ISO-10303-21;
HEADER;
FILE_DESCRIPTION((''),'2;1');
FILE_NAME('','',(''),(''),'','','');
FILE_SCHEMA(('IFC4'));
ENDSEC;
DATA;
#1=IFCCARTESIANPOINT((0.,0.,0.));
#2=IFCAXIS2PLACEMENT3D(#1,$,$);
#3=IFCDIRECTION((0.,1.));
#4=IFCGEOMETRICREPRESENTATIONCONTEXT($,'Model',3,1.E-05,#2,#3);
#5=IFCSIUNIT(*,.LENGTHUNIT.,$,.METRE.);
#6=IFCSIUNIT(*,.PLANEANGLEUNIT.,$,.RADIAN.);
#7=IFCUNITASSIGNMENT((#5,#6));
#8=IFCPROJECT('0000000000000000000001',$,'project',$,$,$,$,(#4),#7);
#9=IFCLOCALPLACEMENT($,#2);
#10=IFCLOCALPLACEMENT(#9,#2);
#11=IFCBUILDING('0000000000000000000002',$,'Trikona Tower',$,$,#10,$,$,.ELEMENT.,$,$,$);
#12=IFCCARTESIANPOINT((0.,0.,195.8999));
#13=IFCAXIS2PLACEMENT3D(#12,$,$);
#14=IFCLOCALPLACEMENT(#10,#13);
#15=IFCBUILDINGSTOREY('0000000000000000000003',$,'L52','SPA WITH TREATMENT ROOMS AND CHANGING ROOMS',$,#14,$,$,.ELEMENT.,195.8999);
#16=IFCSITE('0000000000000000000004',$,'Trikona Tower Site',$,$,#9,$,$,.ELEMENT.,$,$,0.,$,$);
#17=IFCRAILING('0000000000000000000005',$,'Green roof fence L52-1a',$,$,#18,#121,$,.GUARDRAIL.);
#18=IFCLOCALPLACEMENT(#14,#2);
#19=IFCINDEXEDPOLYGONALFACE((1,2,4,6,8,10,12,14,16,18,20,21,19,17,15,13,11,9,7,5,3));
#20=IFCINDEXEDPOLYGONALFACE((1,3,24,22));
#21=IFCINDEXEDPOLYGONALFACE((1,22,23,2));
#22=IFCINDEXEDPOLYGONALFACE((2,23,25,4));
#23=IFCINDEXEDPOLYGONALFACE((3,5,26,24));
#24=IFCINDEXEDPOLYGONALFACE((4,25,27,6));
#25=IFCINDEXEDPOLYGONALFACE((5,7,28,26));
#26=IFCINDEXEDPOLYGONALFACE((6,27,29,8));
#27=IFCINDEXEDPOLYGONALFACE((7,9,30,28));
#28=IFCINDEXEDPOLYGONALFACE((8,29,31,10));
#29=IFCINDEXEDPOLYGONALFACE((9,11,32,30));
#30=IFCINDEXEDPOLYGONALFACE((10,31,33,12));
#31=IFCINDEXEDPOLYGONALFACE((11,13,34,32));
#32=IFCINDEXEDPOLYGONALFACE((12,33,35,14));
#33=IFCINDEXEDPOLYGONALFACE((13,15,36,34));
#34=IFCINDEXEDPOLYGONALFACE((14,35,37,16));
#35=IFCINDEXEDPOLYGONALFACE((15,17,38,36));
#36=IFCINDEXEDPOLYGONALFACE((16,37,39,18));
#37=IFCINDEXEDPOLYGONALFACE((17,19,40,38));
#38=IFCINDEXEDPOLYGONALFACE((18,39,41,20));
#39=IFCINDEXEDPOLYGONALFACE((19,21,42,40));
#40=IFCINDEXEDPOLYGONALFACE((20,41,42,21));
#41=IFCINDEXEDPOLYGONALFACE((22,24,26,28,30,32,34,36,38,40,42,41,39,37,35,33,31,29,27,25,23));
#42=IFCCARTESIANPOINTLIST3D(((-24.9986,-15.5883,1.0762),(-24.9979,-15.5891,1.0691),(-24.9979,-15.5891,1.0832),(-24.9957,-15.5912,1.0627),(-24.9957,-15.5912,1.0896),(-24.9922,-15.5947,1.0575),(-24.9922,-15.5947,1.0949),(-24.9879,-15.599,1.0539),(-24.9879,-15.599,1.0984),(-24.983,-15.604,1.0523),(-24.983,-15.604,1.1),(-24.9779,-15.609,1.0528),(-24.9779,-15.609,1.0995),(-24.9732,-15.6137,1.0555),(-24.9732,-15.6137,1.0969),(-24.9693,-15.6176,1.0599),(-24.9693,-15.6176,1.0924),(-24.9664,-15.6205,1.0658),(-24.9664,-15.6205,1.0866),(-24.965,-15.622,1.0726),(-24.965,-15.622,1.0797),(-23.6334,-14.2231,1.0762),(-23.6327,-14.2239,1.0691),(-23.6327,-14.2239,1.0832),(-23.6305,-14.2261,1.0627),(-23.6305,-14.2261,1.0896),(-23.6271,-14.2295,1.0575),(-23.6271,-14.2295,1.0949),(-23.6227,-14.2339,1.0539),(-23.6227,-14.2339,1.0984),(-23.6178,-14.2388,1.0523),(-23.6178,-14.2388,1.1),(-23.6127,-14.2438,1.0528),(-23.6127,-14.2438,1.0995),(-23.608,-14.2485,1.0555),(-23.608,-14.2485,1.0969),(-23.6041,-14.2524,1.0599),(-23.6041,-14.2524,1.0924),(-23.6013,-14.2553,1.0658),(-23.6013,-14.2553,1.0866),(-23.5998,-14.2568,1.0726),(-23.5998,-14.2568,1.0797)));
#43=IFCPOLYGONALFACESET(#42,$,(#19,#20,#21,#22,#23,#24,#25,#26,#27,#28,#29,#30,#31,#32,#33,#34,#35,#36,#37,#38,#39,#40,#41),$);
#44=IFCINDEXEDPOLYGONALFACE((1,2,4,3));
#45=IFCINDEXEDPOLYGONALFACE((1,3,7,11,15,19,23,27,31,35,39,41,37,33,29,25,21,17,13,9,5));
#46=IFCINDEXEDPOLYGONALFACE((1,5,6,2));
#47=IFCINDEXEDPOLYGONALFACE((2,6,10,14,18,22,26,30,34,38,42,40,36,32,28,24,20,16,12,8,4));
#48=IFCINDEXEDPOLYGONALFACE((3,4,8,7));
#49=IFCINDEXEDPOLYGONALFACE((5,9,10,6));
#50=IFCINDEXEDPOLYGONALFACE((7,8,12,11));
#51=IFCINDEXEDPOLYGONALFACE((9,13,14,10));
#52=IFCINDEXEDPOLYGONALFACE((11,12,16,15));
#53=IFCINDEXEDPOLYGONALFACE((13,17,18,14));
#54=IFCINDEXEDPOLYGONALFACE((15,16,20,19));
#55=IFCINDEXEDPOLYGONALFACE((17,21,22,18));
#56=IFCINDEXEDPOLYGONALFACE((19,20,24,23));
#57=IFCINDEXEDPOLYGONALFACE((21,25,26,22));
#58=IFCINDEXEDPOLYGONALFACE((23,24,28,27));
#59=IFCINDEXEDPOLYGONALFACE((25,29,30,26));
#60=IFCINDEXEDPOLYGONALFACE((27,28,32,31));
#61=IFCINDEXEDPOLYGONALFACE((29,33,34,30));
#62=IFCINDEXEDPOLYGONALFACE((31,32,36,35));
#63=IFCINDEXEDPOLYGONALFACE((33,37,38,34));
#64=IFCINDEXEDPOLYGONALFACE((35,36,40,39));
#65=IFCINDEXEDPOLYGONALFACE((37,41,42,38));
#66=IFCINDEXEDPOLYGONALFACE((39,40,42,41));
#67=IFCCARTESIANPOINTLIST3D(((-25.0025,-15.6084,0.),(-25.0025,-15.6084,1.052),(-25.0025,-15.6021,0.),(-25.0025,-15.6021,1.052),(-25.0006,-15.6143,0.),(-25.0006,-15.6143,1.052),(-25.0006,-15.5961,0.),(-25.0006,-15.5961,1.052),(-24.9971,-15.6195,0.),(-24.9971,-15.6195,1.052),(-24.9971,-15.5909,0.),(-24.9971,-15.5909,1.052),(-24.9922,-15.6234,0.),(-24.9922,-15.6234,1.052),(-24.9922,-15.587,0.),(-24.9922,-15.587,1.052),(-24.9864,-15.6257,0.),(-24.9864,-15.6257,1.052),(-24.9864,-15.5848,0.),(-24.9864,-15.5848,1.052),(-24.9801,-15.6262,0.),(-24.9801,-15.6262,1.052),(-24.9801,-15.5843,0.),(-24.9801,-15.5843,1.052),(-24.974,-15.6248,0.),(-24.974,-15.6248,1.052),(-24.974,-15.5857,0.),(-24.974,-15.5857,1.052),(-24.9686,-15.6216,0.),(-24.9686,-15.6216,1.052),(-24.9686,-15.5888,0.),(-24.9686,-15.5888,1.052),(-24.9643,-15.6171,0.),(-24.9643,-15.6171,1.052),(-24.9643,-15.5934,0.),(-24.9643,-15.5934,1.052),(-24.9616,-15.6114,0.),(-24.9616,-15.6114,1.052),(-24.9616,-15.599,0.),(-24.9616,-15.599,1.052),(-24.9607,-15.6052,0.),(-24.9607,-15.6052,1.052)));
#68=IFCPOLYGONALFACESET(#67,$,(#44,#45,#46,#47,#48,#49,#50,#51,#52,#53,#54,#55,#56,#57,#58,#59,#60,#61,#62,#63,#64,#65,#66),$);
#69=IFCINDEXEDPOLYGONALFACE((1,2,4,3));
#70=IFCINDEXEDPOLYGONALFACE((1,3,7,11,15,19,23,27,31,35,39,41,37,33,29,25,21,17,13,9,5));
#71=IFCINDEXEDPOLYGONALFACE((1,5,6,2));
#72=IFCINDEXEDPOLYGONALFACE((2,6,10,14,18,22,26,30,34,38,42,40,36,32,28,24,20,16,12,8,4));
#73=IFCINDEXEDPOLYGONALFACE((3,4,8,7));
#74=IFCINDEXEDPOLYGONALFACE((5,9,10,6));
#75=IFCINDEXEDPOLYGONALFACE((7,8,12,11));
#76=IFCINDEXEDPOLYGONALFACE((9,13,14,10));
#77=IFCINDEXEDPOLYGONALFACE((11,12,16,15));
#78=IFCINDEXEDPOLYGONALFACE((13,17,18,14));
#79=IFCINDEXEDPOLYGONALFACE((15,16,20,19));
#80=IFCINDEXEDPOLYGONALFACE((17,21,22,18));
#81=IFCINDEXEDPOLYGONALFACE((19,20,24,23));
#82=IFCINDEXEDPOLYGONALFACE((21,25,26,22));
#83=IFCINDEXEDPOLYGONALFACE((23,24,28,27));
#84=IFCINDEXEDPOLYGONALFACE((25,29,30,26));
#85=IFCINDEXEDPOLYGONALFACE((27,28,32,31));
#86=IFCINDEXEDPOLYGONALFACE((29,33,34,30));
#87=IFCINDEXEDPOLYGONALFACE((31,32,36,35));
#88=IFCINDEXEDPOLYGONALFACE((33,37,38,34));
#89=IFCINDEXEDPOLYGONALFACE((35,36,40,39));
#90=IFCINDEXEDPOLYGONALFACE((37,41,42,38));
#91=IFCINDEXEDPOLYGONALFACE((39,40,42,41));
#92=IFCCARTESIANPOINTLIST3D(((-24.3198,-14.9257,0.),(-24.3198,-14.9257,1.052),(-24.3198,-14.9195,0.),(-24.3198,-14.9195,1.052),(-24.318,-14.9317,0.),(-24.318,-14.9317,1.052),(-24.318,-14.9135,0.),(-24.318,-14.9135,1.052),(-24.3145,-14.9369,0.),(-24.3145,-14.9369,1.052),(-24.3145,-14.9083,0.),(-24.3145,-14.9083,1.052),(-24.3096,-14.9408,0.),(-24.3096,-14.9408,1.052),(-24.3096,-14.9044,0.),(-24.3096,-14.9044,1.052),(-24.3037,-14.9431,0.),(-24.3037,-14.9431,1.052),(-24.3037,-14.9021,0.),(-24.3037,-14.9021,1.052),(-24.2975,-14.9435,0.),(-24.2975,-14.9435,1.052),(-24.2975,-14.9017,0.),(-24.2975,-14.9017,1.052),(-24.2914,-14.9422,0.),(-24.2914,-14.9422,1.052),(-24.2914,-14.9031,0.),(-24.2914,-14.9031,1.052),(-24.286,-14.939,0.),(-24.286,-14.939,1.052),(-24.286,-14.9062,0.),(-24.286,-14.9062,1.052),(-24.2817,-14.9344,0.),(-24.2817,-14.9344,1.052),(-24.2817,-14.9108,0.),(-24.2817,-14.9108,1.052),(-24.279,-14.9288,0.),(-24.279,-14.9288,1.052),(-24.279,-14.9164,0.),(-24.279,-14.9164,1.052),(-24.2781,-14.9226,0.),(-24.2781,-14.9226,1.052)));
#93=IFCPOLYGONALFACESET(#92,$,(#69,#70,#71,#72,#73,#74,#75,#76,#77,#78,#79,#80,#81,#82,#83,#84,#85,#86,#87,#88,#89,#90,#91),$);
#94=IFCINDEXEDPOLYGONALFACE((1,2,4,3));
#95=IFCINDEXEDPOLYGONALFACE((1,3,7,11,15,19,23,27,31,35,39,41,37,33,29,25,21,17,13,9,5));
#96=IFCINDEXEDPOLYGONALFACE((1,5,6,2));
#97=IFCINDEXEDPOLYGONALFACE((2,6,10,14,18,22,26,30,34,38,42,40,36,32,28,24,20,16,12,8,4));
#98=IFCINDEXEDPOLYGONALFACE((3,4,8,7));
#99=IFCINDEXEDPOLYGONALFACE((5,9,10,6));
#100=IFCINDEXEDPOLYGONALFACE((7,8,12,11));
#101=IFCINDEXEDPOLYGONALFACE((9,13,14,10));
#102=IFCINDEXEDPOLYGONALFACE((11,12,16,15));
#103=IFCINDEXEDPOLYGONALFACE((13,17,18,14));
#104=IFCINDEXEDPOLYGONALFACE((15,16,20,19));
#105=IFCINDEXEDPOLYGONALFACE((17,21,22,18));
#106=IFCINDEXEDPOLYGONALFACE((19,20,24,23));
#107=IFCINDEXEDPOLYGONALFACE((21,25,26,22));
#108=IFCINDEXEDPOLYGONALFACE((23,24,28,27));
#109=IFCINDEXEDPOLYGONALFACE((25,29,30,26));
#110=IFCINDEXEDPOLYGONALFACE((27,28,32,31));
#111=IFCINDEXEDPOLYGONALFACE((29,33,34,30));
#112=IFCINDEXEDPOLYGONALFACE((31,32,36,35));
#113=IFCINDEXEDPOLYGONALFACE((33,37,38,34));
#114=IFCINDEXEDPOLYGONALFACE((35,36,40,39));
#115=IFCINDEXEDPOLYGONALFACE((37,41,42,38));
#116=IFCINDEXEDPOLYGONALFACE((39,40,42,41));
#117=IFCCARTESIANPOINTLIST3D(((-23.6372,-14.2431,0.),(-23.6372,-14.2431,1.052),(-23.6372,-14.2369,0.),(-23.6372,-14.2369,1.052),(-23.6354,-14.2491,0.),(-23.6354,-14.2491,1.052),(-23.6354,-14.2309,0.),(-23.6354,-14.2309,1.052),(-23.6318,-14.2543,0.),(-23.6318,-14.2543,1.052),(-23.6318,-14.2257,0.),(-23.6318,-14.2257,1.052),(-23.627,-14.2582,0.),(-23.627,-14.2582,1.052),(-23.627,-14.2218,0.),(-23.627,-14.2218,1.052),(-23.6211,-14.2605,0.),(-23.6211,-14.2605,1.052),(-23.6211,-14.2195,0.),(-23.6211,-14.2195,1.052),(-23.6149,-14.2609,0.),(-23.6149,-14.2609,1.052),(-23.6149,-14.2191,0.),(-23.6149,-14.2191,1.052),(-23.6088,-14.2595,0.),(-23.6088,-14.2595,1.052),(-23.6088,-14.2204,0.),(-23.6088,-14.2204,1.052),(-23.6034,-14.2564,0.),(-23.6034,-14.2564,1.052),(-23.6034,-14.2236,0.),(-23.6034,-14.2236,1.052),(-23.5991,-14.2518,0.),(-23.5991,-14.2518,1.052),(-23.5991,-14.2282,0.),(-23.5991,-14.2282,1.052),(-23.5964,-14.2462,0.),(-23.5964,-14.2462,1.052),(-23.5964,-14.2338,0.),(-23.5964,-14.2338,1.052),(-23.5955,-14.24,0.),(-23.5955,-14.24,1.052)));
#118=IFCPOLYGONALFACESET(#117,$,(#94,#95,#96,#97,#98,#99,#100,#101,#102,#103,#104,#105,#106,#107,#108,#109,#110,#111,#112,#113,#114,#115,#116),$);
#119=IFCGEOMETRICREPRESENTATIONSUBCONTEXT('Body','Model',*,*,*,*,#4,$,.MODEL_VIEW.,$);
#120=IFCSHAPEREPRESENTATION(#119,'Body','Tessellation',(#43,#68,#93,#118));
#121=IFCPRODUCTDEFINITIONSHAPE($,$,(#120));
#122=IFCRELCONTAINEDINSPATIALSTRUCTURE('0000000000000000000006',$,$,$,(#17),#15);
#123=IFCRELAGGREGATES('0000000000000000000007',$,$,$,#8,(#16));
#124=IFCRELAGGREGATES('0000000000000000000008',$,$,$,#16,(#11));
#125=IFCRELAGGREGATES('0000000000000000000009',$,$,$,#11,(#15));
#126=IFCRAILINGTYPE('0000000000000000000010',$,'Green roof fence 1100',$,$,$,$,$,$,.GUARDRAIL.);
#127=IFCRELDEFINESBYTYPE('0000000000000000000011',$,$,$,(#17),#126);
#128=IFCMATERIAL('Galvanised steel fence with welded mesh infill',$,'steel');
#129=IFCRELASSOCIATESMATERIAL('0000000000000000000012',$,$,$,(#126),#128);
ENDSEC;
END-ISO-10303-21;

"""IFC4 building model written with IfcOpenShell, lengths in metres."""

from ifc_helpers import new_model, si_unit, direction, frame, origin, origin_2d, place, context, subcontext, project, spatial, circle, extrude, material, type_object, element, save


model = new_model("IFC4")

# Units and contexts
model_context = context("Model", 3, precision=1e-05, world=origin(), true_north=direction((0.0, 1.0)))
body_context = subcontext(model_context, "Body", "Model", "MODEL_VIEW")
ifc_project = project(units=[si_unit("LENGTHUNIT", "METRE"), si_unit("PLANEANGLEUNIT", "RADIAN")], contexts=[model_context])

# Site, building, storey
site_placement = place(None, origin())
site = spatial("IfcSite", under=ifc_project, at=site_placement, Name="Trikona Tower Site", CompositionType="ELEMENT", RefElevation=0.0)
building_placement = place(site_placement, origin())
building = spatial("IfcBuilding", under=site, at=building_placement, Name="Trikona Tower", CompositionType="ELEMENT")
storey_placement = place(building_placement, frame((0.0, 0.0, 195.8999)))
storey = spatial("IfcBuildingStorey", under=building, at=storey_placement, Name="L52", Description="SPA WITH TREATMENT ROOMS AND CHANGING ROOMS", CompositionType="ELEMENT", Elevation=195.8999)

# Railing
ifc_material_1 = material(Name="Galvanised steel fence with welded mesh infill", Category="steel")
railing_type = type_object("IfcRailingType", Name="Green roof fence 1100", PredefinedType="GUARDRAIL", material=ifc_material_1)
railing_placement = place(storey_placement, frame((-24.9817, -15.6052, 0.0)))
element("IfcRailing", 1, at=railing_placement, inside=storey, type_object=railing_type, Name="Green roof fence L52-1a", PredefinedType="GUARDRAIL", context=body_context, shape_type="SweptSolid", body=[
    extrude(circle(Radius=0.0239, at=origin_2d()), frame((0.0, 0.0, 1.0762), z_axis=(0.707107, 0.707107, 0.0), x_axis=(-0.707107, 0.707107, 0.0)), (0.0, 0.0, 1.0), 1.9307),
    extrude(circle(Radius=0.021, at=origin_2d()), origin(), (0.0, 0.0, 1.0), 1.052),
    extrude(circle(Radius=0.021, at=origin_2d()), frame((0.6826, 0.6826, 0.0)), (0.0, 0.0, 1.0), 1.052),
    extrude(circle(Radius=0.021, at=origin_2d()), frame((1.3652, 1.3652, 0.0)), (0.0, 0.0, 1.0), 1.052),
])

save(model, "model.ifc")
